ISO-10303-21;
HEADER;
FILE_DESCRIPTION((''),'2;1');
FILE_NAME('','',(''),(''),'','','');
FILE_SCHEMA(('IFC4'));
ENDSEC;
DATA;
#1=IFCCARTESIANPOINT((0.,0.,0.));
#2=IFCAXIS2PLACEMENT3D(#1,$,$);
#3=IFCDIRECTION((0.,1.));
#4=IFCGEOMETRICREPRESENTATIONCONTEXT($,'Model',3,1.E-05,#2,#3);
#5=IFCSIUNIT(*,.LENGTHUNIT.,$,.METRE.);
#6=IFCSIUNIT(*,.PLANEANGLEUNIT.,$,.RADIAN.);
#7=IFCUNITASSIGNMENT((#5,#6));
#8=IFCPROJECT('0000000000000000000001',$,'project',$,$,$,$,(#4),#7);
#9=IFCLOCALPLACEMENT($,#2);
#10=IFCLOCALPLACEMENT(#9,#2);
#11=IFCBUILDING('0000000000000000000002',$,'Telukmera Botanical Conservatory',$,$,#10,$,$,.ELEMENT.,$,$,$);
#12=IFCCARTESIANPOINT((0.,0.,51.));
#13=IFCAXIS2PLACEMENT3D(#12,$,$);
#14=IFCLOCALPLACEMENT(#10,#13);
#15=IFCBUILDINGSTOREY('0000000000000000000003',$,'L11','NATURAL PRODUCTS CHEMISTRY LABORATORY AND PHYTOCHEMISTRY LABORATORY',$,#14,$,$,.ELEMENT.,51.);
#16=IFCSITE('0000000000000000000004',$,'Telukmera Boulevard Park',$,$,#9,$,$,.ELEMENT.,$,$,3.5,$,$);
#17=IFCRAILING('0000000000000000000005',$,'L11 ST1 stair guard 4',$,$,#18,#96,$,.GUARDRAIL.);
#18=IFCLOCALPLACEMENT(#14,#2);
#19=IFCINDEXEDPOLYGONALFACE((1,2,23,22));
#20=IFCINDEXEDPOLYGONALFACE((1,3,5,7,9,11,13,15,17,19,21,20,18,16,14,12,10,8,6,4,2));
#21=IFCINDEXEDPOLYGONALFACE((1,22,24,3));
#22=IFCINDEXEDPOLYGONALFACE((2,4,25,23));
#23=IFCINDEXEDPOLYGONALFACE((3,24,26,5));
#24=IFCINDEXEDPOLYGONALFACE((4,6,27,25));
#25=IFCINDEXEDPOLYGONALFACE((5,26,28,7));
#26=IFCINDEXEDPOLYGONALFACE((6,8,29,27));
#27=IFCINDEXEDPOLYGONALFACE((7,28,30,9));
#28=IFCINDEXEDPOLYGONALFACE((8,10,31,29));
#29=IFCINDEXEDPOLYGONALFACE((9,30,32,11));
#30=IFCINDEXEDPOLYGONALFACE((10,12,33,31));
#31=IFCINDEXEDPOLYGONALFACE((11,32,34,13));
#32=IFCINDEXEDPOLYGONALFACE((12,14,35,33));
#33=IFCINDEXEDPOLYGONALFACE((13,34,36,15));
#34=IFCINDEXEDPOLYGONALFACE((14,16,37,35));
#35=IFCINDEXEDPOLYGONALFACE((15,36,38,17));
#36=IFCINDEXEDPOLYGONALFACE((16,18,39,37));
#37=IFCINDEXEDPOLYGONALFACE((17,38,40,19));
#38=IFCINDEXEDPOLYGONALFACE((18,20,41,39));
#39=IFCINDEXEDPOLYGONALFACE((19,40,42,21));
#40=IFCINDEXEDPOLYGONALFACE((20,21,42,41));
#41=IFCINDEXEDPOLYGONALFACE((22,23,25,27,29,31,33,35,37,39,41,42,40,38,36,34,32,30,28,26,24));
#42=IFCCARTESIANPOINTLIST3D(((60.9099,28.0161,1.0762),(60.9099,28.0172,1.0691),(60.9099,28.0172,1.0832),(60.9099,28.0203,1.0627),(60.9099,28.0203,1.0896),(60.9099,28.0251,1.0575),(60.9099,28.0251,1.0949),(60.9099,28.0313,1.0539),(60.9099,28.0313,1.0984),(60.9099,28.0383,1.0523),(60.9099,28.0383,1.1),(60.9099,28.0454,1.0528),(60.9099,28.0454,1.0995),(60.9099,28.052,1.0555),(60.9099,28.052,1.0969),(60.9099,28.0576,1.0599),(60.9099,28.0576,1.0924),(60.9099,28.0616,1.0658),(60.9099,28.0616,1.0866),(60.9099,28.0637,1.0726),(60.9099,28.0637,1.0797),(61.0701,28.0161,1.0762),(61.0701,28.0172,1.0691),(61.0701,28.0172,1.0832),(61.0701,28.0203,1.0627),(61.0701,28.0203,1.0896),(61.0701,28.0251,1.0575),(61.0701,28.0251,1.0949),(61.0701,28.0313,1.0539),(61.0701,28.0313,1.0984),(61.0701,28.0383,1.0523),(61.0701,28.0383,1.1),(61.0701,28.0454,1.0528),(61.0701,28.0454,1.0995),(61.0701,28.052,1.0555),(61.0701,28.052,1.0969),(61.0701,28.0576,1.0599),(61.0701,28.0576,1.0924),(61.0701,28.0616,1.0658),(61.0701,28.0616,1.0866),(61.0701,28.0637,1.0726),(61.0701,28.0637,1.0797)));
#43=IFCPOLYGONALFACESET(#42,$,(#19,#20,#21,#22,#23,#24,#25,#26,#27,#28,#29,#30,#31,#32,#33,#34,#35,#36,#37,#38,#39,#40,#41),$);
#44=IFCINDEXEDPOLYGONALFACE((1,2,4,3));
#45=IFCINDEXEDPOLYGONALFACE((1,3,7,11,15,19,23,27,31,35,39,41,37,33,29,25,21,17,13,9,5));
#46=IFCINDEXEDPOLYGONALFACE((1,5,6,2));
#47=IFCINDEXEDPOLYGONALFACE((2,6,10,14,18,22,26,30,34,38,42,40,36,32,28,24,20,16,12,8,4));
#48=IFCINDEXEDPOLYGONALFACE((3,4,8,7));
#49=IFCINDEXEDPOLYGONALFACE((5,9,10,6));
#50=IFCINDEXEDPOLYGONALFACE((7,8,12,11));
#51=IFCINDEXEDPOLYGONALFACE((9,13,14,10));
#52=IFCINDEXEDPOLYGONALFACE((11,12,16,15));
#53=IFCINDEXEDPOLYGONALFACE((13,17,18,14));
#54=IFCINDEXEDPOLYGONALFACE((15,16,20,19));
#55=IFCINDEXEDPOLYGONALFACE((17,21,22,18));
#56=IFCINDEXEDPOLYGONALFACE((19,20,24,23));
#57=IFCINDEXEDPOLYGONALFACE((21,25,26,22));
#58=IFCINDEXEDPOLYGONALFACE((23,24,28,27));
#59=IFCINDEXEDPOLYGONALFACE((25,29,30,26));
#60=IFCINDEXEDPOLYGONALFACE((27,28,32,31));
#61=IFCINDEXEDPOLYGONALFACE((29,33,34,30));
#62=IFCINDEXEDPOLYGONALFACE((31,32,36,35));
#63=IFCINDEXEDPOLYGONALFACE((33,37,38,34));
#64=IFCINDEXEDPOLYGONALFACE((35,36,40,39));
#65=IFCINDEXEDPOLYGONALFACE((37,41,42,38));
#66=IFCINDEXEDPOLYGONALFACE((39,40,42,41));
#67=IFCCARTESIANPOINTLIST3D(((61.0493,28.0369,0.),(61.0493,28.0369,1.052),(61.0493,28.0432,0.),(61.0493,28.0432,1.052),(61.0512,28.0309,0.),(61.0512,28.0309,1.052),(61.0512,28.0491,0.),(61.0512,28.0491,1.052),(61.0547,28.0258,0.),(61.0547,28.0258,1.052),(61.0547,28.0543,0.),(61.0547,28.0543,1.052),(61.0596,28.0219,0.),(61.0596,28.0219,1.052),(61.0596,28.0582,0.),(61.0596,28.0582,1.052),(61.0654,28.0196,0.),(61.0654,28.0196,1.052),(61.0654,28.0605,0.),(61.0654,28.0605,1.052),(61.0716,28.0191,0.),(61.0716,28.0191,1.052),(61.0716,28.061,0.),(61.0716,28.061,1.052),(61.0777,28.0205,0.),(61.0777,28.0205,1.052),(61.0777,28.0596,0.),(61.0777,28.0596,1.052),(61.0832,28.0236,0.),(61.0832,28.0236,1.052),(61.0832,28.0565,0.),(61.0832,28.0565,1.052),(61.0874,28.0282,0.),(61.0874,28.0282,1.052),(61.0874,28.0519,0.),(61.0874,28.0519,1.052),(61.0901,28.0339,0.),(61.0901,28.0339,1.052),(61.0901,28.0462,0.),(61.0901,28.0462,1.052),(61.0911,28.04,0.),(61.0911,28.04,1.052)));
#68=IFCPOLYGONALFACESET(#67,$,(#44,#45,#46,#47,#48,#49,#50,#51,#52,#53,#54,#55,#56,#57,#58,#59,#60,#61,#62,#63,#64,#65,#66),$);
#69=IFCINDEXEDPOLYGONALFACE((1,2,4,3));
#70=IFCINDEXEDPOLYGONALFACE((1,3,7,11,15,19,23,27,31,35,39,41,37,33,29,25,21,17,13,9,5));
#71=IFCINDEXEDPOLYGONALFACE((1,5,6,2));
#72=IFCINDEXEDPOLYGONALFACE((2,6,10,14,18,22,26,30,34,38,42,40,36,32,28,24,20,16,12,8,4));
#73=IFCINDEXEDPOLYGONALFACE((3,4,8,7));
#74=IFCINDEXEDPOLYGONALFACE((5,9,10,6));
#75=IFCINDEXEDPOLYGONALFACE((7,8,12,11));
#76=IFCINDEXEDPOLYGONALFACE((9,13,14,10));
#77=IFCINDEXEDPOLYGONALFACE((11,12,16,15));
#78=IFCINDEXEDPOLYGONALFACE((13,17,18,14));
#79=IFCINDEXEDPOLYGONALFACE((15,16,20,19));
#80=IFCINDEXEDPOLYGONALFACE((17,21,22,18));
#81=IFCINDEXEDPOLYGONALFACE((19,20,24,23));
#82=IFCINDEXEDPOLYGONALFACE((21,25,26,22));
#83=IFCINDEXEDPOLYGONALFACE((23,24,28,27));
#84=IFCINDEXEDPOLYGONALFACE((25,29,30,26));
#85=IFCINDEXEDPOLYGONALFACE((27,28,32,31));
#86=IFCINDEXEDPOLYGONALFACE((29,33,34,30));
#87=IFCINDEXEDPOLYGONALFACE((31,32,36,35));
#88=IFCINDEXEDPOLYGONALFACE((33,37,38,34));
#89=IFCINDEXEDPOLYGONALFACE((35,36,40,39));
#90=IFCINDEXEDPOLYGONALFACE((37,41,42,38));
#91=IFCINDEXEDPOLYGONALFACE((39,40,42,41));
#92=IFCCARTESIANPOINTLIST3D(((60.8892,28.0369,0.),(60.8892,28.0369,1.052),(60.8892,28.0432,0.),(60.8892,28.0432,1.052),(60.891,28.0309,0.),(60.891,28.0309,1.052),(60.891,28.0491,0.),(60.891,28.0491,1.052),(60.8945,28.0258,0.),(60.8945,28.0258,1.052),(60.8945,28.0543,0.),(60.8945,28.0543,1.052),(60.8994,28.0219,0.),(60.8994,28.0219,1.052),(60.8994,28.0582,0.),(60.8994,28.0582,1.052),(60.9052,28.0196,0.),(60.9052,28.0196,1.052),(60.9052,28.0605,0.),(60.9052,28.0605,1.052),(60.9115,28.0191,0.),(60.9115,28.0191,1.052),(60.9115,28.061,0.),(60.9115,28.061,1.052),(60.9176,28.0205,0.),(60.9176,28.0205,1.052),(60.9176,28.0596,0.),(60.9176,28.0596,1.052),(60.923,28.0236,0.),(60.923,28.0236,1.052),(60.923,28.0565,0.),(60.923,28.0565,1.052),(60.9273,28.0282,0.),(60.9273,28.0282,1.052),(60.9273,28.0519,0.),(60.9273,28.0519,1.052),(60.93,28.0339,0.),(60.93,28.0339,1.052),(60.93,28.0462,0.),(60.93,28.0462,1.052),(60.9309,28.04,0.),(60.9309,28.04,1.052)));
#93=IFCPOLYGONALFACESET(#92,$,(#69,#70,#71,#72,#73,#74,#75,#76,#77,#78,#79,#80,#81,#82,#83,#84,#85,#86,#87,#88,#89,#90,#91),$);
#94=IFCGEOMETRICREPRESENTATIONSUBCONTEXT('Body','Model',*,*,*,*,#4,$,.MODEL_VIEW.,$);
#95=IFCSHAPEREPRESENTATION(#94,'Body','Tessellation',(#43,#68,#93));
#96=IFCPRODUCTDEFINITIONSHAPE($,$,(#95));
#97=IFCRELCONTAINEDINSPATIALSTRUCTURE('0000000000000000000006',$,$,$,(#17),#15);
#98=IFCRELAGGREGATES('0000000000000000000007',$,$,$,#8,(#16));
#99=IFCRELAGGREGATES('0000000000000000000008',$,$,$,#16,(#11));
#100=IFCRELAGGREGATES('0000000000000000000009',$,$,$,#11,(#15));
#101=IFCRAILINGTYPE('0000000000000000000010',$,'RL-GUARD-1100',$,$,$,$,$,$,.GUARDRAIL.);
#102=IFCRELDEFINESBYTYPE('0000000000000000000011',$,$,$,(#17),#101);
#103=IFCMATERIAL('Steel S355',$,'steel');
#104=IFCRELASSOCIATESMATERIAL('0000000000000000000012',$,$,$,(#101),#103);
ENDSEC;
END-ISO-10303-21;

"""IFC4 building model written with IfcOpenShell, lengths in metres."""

from ifc_helpers import new_model, si_unit, direction, frame, origin, origin_2d, place, context, subcontext, project, spatial, circle, extrude, material, type_object, element, save


model = new_model("IFC4")

# Units and contexts
model_context = context("Model", 3, precision=1e-05, world=origin(), true_north=direction((0.0, 1.0)))
body_context = subcontext(model_context, "Body", "Model", "MODEL_VIEW")
ifc_project = project(units=[si_unit("LENGTHUNIT", "METRE"), si_unit("PLANEANGLEUNIT", "RADIAN")], contexts=[model_context])

# Site, building, storey
site_placement = place(None, origin())
site = spatial("IfcSite", under=ifc_project, at=site_placement, Name="Telukmera Boulevard Park", CompositionType="ELEMENT", RefElevation=3.5)
building_placement = place(site_placement, origin())
building = spatial("IfcBuilding", under=site, at=building_placement, Name="Telukmera Botanical Conservatory", CompositionType="ELEMENT")
storey_placement = place(building_placement, frame((0.0, 0.0, 51.0)))
storey = spatial("IfcBuildingStorey", under=building, at=storey_placement, Name="L11", Description="NATURAL PRODUCTS CHEMISTRY LABORATORY AND PHYTOCHEMISTRY LABORATORY", CompositionType="ELEMENT", Elevation=51.0)

# Railing
ifc_material_1 = material(Name="Steel S355", Category="steel")
railing_type_1 = type_object("IfcRailingType", Name="RL-GUARD-1100", PredefinedType="GUARDRAIL", material=ifc_material_1)
railing_1_placement = place(storey_placement, frame((61.0701, 28.04, 0.0)))
element("IfcRailing", 1, at=railing_1_placement, inside=storey, type_object=railing_type_1, Name="L11 ST1 stair guard 4", PredefinedType="GUARDRAIL", context=body_context, shape_type="SweptSolid", body=[
    extrude(circle(Radius=0.0239, at=origin_2d()), frame((0.0, 0.0, 1.0762), z_axis=(-1.0, 0.0, 0.0), x_axis=(0.0, -1.0, 0.0)), (0.0, 0.0, 1.0), 0.1602),
    extrude(circle(Radius=0.021, at=origin_2d()), origin(), (0.0, 0.0, 1.0), 1.052),
    extrude(circle(Radius=0.021, at=origin_2d()), frame((-0.1602, 0.0, 0.0)), (0.0, 0.0, 1.0), 1.052),
])

save(model, "model.ifc")
